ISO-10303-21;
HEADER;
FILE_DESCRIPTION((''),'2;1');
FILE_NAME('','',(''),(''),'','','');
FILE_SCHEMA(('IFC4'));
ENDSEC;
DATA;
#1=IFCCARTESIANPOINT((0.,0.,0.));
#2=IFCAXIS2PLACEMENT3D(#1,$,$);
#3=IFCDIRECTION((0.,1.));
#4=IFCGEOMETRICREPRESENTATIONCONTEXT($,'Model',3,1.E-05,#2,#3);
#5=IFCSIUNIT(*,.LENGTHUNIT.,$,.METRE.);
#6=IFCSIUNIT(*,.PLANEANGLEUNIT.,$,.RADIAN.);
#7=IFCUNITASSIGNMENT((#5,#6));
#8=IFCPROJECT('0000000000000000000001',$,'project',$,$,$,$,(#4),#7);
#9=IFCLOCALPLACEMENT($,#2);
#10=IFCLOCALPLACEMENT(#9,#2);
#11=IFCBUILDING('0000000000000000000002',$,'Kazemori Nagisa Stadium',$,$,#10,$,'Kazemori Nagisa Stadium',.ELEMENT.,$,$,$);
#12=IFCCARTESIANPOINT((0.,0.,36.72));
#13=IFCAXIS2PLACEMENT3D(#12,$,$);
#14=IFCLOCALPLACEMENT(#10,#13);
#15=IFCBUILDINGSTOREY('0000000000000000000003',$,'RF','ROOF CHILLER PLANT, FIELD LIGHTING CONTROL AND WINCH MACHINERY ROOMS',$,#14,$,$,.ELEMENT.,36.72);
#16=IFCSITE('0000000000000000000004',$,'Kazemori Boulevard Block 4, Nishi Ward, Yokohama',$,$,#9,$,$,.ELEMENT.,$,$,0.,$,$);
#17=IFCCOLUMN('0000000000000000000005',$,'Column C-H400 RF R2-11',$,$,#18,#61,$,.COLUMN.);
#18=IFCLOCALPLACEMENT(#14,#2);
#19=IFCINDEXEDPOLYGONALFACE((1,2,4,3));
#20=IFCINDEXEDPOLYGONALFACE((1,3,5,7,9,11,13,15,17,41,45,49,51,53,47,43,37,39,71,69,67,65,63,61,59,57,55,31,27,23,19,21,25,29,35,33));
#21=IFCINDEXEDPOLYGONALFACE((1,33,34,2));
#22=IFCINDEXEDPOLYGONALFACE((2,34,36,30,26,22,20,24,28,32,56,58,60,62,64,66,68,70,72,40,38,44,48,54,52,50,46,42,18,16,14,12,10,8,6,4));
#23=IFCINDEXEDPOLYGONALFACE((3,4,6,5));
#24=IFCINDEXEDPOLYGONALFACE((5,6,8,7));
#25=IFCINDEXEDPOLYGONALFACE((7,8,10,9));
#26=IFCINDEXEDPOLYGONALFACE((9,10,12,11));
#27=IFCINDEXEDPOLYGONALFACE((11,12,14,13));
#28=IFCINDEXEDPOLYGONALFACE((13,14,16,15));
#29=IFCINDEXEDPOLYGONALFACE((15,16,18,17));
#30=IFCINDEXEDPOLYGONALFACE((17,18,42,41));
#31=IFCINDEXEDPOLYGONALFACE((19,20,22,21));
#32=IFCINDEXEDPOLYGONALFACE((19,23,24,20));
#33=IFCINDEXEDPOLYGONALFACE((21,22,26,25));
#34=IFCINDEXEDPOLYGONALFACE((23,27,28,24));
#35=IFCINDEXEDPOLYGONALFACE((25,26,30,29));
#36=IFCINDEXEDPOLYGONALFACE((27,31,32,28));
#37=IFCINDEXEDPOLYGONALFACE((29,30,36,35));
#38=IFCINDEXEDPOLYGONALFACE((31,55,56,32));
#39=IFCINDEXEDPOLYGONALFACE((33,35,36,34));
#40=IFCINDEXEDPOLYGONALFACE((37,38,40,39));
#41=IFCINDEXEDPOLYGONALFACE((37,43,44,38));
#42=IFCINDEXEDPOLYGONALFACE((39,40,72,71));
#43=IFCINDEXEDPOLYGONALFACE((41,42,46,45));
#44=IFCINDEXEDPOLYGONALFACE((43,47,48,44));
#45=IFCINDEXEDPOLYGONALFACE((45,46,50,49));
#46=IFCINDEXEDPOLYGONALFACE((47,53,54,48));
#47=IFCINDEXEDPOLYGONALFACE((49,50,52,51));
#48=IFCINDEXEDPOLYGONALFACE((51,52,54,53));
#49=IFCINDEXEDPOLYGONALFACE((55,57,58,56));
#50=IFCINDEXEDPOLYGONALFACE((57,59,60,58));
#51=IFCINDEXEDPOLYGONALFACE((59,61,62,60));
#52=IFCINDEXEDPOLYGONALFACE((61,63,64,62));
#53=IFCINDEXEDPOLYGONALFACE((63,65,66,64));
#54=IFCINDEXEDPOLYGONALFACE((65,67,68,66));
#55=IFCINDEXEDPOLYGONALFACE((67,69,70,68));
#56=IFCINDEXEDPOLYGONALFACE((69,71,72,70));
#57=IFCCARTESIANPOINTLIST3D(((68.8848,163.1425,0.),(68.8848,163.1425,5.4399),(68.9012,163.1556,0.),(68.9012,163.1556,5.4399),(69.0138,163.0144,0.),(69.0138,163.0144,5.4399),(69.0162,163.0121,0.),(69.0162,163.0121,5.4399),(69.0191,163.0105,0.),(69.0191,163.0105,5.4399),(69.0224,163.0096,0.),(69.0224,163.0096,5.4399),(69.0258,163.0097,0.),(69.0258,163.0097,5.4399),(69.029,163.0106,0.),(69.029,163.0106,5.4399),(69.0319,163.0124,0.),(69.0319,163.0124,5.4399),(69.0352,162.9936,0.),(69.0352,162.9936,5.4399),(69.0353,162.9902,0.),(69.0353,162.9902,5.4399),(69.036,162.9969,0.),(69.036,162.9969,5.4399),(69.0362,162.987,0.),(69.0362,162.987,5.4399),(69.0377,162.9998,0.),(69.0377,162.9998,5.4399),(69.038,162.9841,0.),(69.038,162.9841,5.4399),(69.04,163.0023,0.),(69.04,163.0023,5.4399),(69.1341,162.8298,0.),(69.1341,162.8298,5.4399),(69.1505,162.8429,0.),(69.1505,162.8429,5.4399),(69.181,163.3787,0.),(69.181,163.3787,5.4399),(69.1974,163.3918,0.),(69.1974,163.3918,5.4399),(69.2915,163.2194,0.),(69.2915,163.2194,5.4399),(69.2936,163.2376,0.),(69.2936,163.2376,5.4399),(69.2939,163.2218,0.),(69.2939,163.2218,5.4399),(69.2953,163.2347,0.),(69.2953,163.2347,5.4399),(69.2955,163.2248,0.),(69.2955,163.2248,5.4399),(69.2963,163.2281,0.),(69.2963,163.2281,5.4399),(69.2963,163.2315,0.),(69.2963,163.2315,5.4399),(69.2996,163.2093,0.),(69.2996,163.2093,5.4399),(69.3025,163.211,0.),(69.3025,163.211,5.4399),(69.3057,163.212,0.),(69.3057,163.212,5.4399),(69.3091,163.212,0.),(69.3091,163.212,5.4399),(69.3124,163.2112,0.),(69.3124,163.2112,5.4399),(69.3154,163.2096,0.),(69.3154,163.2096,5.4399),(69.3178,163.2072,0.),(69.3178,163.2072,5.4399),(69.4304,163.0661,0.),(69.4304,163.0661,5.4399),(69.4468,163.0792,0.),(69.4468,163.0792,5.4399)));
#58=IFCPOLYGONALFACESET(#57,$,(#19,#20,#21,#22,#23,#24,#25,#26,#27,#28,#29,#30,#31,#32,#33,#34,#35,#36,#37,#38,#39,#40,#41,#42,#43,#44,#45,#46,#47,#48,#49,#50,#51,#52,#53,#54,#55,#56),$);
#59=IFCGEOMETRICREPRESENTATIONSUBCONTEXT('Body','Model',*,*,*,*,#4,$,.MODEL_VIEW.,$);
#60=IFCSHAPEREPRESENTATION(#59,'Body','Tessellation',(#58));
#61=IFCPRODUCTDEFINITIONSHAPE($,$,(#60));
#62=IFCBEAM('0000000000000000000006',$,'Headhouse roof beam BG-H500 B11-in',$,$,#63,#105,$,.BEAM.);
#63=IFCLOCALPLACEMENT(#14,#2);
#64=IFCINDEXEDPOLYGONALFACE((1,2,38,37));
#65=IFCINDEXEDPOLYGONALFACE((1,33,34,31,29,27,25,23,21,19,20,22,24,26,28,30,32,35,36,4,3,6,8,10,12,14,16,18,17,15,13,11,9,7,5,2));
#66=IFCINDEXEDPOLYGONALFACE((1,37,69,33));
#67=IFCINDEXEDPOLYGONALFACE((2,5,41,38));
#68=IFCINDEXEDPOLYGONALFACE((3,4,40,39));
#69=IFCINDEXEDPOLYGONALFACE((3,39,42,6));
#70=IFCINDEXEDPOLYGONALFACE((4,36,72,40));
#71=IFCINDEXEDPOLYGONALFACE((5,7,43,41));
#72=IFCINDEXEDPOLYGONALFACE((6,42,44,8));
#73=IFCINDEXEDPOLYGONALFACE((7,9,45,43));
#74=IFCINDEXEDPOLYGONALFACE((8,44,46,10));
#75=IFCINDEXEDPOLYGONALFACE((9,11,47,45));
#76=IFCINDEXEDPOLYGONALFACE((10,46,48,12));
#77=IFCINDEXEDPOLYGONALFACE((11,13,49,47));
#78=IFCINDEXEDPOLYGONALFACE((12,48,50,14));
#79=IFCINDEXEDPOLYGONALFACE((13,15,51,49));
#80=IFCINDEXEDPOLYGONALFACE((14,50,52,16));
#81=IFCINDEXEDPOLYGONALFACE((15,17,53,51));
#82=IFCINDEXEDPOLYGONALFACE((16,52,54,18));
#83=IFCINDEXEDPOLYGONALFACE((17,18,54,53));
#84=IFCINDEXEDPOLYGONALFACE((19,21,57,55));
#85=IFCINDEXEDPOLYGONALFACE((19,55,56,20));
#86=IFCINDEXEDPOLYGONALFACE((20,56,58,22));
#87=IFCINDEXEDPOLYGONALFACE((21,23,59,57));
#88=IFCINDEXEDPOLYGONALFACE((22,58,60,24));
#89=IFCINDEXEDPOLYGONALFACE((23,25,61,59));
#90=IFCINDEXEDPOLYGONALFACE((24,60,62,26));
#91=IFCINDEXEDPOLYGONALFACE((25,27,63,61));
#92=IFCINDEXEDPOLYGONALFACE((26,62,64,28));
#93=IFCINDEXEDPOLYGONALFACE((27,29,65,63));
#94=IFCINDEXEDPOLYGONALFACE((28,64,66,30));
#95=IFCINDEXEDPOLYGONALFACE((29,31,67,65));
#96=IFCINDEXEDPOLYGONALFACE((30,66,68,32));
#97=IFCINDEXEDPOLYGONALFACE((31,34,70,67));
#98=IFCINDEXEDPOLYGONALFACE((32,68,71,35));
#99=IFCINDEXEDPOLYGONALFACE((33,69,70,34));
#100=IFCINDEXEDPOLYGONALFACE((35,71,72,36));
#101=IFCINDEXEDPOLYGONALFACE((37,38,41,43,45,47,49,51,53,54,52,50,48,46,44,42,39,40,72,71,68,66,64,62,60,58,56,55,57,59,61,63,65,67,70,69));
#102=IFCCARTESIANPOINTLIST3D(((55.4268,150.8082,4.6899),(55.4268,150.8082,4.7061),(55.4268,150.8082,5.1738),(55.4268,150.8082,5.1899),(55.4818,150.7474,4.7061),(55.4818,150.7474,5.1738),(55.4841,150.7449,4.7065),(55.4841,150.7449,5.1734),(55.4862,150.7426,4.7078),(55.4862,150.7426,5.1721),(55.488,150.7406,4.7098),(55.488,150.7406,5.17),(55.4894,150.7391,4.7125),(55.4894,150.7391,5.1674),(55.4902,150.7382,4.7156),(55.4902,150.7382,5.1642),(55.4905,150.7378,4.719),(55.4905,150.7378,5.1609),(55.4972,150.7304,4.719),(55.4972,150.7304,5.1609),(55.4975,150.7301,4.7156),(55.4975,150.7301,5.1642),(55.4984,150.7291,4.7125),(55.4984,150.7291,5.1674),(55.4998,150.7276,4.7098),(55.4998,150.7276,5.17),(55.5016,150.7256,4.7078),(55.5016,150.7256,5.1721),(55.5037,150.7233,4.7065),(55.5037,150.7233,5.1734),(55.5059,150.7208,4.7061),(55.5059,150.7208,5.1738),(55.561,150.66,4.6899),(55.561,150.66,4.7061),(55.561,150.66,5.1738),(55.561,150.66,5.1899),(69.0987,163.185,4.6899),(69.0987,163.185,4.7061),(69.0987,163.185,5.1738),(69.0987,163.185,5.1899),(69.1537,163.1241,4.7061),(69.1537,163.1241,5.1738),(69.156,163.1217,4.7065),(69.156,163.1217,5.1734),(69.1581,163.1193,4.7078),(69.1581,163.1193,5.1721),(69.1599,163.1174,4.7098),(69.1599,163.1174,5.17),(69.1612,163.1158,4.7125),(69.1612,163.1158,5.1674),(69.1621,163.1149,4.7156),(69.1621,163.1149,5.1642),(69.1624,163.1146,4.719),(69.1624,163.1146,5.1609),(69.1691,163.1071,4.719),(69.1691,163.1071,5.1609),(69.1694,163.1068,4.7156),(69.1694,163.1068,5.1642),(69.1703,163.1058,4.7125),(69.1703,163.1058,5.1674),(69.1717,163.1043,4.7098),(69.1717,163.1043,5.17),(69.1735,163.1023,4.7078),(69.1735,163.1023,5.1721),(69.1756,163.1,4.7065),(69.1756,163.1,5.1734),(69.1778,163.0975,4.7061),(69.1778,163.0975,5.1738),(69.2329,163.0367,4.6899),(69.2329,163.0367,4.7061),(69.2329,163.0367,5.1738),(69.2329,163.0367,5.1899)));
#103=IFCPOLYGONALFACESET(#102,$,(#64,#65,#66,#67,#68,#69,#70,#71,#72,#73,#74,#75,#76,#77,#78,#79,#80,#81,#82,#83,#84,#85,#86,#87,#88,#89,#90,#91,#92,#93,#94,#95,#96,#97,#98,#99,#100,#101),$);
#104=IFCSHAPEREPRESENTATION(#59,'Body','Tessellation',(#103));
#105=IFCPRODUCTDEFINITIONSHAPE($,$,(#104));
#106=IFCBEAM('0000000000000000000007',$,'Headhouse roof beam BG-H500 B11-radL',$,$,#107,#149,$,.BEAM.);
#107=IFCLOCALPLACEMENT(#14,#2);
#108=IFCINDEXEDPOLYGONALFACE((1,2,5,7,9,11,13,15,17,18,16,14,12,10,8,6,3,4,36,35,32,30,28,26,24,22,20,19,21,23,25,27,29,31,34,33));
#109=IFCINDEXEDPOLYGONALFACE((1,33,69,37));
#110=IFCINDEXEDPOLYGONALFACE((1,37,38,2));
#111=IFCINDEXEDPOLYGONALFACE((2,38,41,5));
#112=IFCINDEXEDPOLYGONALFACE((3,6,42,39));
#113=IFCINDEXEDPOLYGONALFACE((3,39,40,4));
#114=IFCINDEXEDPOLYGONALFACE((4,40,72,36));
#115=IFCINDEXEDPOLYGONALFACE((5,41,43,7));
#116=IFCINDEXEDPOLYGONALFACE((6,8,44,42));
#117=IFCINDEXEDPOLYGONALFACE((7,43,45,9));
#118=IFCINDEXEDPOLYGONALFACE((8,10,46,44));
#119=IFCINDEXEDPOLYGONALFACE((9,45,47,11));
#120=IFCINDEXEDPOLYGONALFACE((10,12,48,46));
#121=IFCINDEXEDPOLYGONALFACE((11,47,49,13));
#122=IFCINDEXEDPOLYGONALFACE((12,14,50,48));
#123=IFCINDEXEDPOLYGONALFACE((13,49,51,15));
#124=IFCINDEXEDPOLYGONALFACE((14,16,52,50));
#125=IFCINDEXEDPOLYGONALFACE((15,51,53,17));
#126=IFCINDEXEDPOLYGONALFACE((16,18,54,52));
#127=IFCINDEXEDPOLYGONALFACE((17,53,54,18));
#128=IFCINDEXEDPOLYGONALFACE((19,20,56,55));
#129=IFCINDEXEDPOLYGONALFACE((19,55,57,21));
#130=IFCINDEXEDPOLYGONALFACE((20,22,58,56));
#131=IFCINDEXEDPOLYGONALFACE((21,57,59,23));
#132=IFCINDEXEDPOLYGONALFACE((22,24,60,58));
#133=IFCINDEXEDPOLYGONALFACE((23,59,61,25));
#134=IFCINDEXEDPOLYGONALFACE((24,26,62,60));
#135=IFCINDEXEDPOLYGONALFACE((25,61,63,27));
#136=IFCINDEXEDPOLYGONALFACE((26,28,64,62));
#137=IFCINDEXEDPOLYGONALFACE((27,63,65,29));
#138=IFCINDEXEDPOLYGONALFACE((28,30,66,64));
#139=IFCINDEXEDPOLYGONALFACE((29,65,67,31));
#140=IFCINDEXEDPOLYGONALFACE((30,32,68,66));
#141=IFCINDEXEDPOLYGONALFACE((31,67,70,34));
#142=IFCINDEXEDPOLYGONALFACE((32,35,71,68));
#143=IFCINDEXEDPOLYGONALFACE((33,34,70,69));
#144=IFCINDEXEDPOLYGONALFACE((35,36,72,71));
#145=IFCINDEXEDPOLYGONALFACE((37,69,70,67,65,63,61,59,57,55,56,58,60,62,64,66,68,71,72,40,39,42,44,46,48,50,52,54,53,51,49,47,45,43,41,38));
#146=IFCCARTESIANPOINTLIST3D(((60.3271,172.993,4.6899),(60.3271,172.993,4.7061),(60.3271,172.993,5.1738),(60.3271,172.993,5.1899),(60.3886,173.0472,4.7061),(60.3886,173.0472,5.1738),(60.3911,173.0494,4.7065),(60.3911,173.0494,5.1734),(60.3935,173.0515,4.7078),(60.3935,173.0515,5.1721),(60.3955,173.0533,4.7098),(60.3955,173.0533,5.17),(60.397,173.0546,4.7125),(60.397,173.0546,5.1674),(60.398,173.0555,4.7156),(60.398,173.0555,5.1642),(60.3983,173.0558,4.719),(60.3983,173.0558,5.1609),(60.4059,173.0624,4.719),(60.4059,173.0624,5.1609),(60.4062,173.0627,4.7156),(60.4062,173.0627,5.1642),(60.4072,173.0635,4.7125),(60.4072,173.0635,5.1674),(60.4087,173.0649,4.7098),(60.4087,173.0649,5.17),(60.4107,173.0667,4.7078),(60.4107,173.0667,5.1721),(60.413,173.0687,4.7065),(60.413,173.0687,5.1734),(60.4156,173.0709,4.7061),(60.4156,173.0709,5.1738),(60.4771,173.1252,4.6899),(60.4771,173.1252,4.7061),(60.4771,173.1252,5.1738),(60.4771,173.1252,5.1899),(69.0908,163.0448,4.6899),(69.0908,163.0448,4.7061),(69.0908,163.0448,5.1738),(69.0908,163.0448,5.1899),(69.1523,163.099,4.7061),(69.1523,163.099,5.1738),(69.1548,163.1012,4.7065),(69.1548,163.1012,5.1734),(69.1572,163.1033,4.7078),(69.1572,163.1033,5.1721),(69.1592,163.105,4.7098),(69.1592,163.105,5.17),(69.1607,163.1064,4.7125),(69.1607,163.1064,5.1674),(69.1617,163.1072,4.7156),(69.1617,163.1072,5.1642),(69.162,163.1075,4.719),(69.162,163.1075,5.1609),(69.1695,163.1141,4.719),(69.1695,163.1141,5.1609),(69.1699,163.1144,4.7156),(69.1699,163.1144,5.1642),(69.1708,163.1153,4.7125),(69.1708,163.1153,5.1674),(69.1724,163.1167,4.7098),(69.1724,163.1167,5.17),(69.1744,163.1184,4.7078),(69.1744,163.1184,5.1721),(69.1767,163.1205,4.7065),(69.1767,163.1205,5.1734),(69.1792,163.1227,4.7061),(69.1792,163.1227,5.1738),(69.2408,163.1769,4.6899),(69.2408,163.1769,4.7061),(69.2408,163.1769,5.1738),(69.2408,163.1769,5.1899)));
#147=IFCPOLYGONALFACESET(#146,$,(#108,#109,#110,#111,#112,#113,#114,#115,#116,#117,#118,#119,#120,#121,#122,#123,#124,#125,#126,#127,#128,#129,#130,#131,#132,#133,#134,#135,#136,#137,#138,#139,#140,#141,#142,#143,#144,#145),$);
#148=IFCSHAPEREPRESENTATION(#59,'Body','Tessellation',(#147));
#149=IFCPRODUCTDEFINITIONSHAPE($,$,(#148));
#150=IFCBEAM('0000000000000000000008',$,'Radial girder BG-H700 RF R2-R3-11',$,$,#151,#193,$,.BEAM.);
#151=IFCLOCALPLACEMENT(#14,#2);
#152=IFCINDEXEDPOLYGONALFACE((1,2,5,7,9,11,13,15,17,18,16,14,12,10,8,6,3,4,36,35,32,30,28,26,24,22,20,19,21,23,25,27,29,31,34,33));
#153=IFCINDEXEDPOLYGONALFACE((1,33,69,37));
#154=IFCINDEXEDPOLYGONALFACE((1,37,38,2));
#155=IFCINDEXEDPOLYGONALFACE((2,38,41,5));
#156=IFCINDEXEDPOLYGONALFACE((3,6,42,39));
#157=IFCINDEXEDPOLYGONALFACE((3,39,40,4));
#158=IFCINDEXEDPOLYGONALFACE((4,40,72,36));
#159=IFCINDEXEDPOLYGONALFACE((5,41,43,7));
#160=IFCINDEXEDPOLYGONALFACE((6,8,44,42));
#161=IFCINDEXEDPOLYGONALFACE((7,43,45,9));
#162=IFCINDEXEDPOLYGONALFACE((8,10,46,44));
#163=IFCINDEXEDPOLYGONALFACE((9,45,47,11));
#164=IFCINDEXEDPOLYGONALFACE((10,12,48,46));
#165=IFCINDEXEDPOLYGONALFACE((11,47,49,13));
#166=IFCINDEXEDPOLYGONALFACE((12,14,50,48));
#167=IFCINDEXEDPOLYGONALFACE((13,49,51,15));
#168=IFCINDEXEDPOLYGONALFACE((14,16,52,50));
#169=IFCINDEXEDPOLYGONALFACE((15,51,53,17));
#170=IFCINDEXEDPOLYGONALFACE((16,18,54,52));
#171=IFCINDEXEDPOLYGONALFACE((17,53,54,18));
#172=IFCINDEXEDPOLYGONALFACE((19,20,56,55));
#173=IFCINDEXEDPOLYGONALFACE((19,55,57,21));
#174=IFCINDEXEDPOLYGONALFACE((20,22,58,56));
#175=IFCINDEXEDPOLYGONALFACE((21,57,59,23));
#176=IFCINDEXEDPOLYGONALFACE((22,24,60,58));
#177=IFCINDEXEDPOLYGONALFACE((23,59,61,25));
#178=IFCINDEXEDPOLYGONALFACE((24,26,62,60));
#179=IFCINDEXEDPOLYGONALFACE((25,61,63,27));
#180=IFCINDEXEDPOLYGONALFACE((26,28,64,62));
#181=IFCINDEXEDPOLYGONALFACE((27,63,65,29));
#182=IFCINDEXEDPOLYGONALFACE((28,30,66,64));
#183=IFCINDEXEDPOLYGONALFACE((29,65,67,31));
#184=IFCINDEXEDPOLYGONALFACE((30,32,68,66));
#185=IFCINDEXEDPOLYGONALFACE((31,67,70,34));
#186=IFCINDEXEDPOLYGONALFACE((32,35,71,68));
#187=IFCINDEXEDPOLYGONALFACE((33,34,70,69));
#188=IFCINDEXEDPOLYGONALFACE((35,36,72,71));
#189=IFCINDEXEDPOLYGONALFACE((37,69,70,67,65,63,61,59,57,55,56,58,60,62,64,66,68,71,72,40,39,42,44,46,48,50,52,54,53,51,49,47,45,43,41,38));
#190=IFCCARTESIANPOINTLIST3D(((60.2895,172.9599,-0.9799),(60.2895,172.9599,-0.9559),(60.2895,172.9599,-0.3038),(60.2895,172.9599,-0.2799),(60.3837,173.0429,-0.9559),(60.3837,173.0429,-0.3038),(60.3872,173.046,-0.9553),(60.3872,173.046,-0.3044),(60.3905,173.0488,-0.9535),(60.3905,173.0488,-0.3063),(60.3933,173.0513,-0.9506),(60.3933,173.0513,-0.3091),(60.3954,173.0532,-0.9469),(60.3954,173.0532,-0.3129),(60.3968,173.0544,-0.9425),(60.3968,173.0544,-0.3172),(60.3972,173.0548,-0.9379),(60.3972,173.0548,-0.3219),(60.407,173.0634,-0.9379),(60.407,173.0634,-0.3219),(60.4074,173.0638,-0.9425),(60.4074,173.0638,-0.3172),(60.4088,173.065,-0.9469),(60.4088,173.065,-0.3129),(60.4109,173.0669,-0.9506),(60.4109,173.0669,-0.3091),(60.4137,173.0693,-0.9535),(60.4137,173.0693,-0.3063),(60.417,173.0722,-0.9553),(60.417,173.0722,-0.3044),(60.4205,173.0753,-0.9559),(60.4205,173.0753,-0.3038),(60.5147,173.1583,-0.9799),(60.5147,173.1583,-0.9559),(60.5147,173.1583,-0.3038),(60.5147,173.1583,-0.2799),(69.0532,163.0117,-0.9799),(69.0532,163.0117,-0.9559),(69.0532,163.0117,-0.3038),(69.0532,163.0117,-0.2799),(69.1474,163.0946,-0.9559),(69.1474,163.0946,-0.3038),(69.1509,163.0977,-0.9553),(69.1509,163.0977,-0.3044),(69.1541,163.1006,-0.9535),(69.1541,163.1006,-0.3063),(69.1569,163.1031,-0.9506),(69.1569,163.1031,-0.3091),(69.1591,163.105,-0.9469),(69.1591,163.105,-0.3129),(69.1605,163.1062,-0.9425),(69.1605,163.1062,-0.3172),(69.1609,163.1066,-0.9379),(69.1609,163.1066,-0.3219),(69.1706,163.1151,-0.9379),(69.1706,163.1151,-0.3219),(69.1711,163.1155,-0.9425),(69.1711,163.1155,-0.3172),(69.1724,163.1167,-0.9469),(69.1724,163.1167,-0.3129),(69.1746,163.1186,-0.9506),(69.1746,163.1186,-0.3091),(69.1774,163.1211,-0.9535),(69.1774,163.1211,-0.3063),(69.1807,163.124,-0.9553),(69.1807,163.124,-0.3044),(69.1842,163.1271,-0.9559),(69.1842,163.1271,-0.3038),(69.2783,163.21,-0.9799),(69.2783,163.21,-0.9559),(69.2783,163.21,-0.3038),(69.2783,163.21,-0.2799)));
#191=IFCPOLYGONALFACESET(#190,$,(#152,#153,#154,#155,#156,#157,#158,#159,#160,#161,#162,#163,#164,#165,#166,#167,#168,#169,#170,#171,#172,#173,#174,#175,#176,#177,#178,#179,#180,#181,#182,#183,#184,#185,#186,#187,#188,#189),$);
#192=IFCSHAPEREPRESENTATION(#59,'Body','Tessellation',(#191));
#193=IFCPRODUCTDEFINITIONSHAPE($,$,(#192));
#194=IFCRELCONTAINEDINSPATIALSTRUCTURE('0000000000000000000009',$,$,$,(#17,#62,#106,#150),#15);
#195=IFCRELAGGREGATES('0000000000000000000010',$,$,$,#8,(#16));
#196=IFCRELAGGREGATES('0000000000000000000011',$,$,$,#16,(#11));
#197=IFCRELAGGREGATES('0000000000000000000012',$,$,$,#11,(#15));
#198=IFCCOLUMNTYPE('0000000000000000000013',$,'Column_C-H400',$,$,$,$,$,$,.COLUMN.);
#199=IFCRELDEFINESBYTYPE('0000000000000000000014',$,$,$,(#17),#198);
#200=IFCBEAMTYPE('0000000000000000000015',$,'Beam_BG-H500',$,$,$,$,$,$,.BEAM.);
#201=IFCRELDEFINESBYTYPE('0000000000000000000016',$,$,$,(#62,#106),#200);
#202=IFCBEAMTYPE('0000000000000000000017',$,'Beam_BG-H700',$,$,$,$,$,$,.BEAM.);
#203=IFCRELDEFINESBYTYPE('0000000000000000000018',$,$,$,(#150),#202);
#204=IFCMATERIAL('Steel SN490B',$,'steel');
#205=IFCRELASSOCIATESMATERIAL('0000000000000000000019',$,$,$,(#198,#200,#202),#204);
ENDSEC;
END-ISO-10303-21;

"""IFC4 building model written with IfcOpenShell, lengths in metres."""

from ifc_helpers import new_model, si_unit, direction, frame, origin, origin_2d, place, context, subcontext, project, spatial, i_section, extrude, material, material_profile, profile_set, type_object, element, save


model = new_model("IFC4")

# Units and contexts
model_context = context("Model", 3, precision=1e-05, world=origin(), true_north=direction((0.0, 1.0)))
body_context = subcontext(model_context, "Body", "Model", "MODEL_VIEW")
ifc_project = project(units=[si_unit("LENGTHUNIT", "METRE"), si_unit("PLANEANGLEUNIT", "RADIAN")], contexts=[model_context])

# Site, building, storey
site_placement = place(None, origin())
site = spatial("IfcSite", under=ifc_project, at=site_placement, Name="Kazemori Boulevard Block 4, Nishi Ward, Yokohama", CompositionType="ELEMENT", RefElevation=0.0)
building_placement = place(site_placement, origin())
building = spatial("IfcBuilding", under=site, at=building_placement, Name="Kazemori Nagisa Stadium", LongName="Kazemori Nagisa Stadium", CompositionType="ELEMENT")
storey_placement = place(building_placement, frame((0.0, 0.0, 36.72)))
storey = spatial("IfcBuildingStorey", under=building, at=storey_placement, Name="RF", Description="ROOF CHILLER PLANT, FIELD LIGHTING CONTROL AND WINCH MACHINERY ROOMS", CompositionType="ELEMENT", Elevation=36.72)

# Column
ifc_material_1 = material(Name="Steel SN490B", Category="steel")
ifc_material_profile_1 = material_profile(ifc_material_1, i_section(OverallWidth=0.3999, OverallDepth=0.3999, WebThickness=0.0129, FlangeThickness=0.021, FilletRadius=0.0129, at=origin_2d()), Name="H-400x400x13x21")
ifc_profile_set_1 = profile_set([ifc_material_profile_1], Name="Steel SN490B")
column_type = type_object("IfcColumnType", Name="Column_C-H400", PredefinedType="COLUMN", material=ifc_profile_set_1)
column_placement = place(storey_placement, frame((69.1658, 163.1108, 0.0), z_axis=(0.0, 0.0, 1.0), x_axis=(-0.62349, 0.781831, 0.0)))
element("IfcColumn", 1, at=column_placement, inside=storey, type_object=column_type, Name="Column C-H400 RF R2-11", PredefinedType="COLUMN", context=body_context, shape_type="SweptSolid", body=[
    extrude(i_section(OverallWidth=0.3999, OverallDepth=0.3999, WebThickness=0.0129, FlangeThickness=0.021, FilletRadius=0.0129, at=origin_2d()), origin(), (0.0, 0.0, 1.0), 5.4399),
])

# Beams
ifc_material_profile_2 = material_profile(ifc_material_1, i_section(OverallWidth=0.2, OverallDepth=0.5, WebThickness=0.01, FlangeThickness=0.0161, FilletRadius=0.0129, at=origin_2d()), Name="H-500x200x10x16")
ifc_profile_set_2 = profile_set([ifc_material_profile_2], Name="Steel SN490B")
beam_type_1 = type_object("IfcBeamType", Name="Beam_BG-H500", PredefinedType="BEAM", material=ifc_profile_set_2)
beam_1_placement = place(storey_placement, frame((69.1658, 163.1108, 4.9399), z_axis=(-0.741349, -0.67112, 0.0), x_axis=(0.67112, -0.741349, 0.0)))
element("IfcBeam", 2, at=beam_1_placement, inside=storey, type_object=beam_type_1, Name="Headhouse roof beam BG-H500 B11-in", PredefinedType="BEAM", context=body_context, shape_type="SweptSolid", body=[
    extrude(i_section(OverallWidth=0.2, OverallDepth=0.5, WebThickness=0.01, FlangeThickness=0.0161, FilletRadius=0.0129, at=origin_2d()), origin(), (0.0, 0.0, 1.0), 18.4419),
])
beam_2_placement = place(storey_placement, frame((69.1658, 163.1108, 4.9399), z_axis=(-0.66102, 0.750369, 0.0), x_axis=(-0.750369, -0.66102, 0.0)))
element("IfcBeam", 3, at=beam_2_placement, inside=storey, type_object=beam_type_1, Name="Headhouse roof beam BG-H500 B11-radL", PredefinedType="BEAM", context=body_context, shape_type="SweptSolid", body=[
    extrude(i_section(OverallWidth=0.2, OverallDepth=0.5, WebThickness=0.01, FlangeThickness=0.0161, FilletRadius=0.0129, at=origin_2d()), origin(), (0.0, 0.0, 1.0), 13.2578),
])
ifc_material_profile_3 = material_profile(ifc_material_1, i_section(OverallWidth=0.3, OverallDepth=0.7, WebThickness=0.0129, FlangeThickness=0.0239, FilletRadius=0.0181, at=origin_2d()), Name="H-700x300x13x24")
ifc_profile_set_3 = profile_set([ifc_material_profile_3], Name="Steel SN490B")
beam_type_2 = type_object("IfcBeamType", Name="Beam_BG-H700", PredefinedType="BEAM", material=ifc_profile_set_3)
beam_3_placement = place(storey_placement, frame((69.1658, 163.1108, -0.6299), z_axis=(-0.66102, 0.750369, 0.0), x_axis=(-0.750369, -0.66102, 0.0)))
element("IfcBeam", 4, at=beam_3_placement, inside=storey, type_object=beam_type_2, Name="Radial girder BG-H700 RF R2-R3-11", PredefinedType="BEAM", context=body_context, shape_type="SweptSolid", body=[
    extrude(i_section(OverallWidth=0.3, OverallDepth=0.7, WebThickness=0.0129, FlangeThickness=0.0239, FilletRadius=0.0181, at=origin_2d()), origin(), (0.0, 0.0, 1.0), 13.2578),
])

save(model, "model.ifc")
